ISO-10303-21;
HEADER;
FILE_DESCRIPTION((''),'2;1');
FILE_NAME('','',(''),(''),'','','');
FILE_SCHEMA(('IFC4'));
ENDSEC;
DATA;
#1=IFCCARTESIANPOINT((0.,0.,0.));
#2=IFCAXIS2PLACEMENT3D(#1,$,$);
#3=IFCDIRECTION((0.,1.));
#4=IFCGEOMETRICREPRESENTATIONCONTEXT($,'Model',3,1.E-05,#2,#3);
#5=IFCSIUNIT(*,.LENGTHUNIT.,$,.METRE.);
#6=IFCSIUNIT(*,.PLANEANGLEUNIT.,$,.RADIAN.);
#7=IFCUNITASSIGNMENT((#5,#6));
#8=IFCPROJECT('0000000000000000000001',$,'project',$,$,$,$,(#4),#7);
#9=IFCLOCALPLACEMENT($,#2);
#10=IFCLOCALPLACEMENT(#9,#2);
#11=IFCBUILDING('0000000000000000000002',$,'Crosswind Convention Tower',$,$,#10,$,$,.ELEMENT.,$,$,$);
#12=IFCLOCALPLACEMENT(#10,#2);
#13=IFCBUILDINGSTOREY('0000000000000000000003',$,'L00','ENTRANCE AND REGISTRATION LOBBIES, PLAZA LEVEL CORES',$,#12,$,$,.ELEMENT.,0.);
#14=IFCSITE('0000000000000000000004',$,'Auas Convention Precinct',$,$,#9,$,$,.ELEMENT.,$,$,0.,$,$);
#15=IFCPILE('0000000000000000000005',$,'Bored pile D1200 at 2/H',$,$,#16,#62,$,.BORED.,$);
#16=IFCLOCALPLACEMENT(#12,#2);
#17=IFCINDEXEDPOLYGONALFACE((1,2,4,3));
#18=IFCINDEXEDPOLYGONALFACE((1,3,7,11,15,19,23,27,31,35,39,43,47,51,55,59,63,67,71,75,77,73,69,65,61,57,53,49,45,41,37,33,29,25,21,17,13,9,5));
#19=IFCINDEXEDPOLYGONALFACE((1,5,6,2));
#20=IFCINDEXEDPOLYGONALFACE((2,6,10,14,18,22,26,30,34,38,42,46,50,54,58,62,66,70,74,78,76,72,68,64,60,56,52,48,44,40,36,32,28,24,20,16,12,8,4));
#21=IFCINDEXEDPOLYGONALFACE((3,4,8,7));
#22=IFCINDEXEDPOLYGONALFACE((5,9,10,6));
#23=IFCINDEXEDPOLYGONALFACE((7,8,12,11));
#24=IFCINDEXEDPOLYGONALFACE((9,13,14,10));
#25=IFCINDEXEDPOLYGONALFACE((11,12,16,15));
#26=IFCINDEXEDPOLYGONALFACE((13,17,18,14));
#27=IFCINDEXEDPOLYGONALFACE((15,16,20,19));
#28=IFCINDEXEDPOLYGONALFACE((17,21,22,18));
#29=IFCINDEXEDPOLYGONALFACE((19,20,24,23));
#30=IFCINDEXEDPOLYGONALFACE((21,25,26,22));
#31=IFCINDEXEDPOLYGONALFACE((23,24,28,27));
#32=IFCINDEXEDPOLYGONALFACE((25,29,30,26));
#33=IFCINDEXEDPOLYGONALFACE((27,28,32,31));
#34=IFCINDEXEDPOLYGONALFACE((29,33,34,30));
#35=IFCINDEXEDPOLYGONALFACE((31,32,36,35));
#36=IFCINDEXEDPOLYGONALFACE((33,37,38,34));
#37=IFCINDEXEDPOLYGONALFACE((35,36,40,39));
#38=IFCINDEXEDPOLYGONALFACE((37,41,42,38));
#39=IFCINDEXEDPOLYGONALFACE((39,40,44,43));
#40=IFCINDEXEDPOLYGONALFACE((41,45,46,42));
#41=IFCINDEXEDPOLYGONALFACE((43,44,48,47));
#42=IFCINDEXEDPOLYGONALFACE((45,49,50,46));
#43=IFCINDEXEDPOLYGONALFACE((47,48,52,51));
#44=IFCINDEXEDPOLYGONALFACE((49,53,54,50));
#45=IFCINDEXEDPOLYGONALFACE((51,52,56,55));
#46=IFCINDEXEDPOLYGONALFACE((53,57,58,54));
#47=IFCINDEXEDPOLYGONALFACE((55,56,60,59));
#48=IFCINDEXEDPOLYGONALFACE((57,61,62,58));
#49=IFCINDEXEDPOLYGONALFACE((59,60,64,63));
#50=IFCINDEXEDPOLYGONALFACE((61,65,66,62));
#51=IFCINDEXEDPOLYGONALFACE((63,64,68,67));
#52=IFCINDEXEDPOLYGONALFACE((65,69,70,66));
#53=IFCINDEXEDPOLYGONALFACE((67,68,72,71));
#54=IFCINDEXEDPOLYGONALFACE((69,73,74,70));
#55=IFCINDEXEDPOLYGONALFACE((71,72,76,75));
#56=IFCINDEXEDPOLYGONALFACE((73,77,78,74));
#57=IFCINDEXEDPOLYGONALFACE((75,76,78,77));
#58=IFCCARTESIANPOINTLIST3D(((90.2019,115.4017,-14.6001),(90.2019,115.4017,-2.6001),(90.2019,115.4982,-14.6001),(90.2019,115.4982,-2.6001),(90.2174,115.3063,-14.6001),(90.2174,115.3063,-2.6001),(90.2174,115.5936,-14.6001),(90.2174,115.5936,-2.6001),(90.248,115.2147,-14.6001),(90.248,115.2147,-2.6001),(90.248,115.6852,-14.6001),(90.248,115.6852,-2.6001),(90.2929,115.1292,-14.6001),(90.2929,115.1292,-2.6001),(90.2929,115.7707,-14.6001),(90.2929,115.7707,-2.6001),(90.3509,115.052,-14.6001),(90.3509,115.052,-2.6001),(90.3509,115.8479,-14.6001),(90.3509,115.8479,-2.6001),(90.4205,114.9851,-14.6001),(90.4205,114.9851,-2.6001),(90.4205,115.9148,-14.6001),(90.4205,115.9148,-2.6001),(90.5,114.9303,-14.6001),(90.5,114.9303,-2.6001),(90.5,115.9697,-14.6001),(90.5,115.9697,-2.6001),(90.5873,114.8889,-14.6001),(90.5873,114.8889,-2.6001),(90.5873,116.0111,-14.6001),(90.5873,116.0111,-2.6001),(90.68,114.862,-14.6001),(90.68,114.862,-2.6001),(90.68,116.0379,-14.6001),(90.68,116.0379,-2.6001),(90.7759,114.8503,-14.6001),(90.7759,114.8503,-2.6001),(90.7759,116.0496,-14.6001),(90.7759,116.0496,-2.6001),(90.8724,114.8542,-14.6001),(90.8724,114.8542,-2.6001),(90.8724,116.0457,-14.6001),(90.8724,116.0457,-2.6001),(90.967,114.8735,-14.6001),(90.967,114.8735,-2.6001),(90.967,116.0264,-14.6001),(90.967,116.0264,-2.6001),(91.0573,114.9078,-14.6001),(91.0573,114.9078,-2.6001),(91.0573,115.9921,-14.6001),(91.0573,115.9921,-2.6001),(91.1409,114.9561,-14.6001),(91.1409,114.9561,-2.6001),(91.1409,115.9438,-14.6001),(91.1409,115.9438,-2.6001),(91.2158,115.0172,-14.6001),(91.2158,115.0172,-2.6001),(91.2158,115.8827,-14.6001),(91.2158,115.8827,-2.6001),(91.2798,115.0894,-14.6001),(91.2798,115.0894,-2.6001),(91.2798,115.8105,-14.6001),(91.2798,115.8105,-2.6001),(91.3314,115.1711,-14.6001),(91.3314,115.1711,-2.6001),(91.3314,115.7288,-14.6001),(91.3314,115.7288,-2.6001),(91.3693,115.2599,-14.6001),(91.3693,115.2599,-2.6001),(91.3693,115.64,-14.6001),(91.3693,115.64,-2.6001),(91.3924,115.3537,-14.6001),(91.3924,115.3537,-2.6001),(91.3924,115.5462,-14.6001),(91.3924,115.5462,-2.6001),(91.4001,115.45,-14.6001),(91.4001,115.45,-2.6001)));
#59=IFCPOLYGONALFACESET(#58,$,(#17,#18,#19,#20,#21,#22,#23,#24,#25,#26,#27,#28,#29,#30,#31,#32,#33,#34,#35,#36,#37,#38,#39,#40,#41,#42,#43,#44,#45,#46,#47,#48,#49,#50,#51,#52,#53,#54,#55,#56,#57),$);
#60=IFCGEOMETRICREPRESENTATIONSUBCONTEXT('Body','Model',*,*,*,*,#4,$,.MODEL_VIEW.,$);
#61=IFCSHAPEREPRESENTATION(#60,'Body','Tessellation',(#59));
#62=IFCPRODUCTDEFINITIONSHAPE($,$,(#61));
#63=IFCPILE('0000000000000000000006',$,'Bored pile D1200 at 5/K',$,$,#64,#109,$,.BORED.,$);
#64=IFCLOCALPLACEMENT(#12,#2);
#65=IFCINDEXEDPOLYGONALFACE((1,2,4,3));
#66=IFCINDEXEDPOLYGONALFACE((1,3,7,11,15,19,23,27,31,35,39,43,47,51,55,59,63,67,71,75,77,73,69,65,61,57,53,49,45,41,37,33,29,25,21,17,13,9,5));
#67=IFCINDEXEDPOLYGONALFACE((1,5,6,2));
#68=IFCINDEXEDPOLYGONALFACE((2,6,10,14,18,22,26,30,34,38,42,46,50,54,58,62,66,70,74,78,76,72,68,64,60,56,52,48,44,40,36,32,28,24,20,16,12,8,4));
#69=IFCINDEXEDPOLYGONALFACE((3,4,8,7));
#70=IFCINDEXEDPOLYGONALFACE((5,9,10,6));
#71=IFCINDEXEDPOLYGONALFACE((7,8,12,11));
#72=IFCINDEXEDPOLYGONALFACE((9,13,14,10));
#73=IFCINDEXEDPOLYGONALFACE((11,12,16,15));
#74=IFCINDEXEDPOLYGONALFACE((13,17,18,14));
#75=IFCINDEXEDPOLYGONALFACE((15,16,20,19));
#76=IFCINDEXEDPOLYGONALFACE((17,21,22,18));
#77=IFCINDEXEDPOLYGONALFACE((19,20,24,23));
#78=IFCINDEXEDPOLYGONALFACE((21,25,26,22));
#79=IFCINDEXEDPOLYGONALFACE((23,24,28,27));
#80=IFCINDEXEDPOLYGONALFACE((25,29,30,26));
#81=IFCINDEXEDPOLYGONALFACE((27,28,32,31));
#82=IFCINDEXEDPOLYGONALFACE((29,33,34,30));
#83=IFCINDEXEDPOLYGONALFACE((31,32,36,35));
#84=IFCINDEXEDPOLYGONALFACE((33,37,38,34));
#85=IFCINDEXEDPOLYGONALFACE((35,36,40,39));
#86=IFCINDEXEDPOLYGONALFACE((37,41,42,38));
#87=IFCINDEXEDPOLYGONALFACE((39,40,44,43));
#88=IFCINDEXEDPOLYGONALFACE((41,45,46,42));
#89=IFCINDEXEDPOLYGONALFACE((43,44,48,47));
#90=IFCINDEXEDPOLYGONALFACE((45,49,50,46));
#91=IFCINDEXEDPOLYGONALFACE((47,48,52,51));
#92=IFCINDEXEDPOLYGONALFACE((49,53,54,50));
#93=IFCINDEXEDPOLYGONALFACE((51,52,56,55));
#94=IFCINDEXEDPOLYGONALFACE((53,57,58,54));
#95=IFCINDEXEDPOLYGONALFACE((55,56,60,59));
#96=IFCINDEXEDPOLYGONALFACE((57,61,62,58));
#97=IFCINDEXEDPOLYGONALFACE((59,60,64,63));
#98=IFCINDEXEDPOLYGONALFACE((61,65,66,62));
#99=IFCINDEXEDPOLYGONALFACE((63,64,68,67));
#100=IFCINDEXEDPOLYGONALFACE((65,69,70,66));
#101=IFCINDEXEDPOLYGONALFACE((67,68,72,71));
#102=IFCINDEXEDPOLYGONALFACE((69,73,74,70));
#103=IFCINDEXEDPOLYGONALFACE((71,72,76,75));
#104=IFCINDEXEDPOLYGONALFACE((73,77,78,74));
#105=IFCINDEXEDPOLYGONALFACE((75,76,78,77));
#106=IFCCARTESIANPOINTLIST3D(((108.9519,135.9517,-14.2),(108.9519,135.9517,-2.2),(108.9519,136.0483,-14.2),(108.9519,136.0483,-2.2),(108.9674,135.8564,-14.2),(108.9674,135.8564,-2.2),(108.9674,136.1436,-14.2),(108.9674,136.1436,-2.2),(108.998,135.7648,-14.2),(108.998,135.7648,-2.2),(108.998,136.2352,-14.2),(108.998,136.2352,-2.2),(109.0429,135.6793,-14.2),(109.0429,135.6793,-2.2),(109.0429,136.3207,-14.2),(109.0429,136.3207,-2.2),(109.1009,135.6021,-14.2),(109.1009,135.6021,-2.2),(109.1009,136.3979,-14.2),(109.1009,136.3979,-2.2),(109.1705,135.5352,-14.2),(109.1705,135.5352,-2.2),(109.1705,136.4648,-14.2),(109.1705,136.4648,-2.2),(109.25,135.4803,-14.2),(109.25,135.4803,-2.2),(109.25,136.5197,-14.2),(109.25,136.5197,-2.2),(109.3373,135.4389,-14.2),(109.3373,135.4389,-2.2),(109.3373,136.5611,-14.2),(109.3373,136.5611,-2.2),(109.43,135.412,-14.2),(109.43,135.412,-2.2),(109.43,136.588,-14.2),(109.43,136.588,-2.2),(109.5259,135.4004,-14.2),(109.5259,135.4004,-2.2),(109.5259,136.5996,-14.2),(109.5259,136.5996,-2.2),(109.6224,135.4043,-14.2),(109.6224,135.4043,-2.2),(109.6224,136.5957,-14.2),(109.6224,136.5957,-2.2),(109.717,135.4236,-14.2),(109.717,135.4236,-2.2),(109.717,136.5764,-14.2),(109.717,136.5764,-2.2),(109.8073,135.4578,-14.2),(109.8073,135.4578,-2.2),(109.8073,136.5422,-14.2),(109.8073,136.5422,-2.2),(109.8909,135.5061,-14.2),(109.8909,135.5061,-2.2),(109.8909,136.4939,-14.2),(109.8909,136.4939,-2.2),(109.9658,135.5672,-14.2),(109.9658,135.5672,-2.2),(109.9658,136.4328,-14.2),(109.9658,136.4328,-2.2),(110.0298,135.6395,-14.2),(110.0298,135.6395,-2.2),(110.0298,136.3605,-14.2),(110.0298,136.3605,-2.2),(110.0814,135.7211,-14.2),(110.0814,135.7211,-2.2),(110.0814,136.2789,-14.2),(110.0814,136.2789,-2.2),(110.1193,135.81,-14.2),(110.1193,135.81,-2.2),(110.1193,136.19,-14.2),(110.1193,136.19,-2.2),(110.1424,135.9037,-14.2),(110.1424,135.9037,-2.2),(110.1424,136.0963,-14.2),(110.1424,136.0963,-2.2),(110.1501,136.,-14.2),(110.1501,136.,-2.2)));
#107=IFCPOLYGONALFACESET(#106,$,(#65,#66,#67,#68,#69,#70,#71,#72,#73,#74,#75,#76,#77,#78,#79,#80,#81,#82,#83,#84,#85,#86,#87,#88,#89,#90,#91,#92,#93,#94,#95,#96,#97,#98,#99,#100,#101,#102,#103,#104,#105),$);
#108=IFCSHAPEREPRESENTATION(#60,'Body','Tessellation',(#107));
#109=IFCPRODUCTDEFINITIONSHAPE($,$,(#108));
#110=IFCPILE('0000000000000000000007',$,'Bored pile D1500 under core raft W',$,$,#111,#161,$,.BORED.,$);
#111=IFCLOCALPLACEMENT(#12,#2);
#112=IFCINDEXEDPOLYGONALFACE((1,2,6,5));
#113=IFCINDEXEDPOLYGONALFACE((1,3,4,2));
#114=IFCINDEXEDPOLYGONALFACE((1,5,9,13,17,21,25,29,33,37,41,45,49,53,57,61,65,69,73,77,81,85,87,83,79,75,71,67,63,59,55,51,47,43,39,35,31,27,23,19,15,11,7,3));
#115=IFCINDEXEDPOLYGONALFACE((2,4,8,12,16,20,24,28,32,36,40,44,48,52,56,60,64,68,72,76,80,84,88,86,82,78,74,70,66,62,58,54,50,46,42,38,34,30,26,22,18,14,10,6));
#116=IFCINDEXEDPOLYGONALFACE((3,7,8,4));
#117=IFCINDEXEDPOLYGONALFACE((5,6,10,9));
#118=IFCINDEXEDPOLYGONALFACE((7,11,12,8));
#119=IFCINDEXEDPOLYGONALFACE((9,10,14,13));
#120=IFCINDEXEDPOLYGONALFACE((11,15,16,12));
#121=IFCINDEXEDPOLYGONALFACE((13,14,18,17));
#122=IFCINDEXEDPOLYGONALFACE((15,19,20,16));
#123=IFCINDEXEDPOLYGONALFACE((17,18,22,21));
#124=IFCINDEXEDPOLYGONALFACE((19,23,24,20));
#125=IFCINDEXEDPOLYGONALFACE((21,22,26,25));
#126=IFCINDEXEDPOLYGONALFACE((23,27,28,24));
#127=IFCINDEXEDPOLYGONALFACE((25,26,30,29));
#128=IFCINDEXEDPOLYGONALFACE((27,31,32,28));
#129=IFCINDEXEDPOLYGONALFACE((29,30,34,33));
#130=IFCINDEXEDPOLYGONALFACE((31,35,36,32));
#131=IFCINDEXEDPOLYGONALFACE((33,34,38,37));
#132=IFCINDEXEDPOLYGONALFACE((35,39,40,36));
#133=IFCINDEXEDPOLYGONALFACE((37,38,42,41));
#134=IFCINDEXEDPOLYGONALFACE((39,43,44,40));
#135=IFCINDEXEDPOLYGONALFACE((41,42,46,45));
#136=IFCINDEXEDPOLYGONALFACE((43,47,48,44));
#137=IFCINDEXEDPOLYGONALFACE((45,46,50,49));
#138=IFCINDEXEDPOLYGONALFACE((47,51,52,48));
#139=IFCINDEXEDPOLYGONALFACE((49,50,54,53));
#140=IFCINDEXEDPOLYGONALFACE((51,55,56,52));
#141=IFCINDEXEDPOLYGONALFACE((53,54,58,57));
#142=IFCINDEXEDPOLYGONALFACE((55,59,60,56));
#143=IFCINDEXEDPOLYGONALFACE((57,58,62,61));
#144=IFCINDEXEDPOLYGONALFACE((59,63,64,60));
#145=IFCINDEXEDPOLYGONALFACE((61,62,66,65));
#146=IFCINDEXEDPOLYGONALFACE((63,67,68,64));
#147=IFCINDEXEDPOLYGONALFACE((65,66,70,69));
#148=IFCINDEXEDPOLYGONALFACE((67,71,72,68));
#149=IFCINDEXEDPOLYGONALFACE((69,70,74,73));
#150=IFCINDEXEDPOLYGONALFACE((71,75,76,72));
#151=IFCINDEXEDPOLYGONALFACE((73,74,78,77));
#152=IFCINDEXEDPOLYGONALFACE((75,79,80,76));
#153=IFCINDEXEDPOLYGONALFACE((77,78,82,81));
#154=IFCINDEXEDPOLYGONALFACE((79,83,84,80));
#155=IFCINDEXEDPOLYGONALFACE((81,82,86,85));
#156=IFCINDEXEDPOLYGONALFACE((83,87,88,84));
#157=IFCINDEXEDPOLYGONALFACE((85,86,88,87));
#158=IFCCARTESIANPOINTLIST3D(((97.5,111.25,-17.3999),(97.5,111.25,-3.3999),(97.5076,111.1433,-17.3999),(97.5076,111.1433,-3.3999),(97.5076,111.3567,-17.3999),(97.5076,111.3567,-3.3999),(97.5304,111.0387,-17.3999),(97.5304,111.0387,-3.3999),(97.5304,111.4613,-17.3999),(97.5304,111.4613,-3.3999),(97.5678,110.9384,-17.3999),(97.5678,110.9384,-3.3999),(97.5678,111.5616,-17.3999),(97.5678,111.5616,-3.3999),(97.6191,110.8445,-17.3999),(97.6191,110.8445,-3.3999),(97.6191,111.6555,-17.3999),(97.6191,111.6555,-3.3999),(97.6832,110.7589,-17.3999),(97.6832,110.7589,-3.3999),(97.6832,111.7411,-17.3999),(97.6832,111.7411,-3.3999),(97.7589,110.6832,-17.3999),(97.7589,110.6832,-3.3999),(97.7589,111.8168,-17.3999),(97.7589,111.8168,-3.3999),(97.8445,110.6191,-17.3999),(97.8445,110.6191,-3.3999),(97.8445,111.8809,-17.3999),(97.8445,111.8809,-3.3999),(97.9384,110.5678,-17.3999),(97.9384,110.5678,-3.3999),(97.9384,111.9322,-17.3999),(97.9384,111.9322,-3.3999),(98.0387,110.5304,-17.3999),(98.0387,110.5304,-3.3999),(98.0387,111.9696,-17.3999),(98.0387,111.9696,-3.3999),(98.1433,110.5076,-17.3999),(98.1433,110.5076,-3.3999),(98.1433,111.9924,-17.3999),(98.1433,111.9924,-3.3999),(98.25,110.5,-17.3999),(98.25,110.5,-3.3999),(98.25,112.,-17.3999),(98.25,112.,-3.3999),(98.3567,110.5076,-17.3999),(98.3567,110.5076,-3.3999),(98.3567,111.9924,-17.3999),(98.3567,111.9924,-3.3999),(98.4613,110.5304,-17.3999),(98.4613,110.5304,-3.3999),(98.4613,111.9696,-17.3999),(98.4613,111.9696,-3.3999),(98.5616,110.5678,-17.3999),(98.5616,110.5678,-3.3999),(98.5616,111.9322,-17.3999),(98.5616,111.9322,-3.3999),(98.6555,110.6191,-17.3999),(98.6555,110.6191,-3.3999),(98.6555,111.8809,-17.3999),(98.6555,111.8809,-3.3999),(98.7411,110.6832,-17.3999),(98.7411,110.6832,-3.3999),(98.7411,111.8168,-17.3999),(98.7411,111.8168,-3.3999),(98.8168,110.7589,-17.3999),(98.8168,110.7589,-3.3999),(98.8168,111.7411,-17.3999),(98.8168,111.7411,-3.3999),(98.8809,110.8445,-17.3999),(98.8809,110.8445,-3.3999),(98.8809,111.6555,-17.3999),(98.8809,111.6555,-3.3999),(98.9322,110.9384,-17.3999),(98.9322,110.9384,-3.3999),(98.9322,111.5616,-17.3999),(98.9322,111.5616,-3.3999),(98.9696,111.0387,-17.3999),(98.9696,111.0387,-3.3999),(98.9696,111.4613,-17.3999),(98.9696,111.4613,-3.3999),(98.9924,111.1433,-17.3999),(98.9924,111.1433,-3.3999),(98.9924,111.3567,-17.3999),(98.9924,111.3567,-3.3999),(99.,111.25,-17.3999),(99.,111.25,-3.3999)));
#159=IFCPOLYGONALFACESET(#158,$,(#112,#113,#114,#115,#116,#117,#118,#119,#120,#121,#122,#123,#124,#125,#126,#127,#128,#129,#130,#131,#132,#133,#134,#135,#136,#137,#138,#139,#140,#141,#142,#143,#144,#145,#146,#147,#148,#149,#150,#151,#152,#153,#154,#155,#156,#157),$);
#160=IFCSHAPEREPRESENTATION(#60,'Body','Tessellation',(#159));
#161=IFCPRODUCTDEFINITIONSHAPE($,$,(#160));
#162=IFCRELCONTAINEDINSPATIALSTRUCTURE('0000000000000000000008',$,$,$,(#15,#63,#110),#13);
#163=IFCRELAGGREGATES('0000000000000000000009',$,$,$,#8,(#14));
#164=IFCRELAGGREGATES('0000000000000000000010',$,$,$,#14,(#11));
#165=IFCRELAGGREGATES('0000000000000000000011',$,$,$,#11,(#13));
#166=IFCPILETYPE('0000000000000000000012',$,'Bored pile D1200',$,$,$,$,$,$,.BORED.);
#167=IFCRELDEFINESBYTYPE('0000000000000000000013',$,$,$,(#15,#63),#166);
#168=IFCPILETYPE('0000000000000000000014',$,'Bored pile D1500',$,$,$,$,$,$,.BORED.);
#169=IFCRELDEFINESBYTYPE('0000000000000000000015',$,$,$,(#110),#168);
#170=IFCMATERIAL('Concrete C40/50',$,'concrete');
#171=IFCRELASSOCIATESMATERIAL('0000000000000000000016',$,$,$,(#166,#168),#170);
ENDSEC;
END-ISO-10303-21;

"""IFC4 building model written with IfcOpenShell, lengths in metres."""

from ifc_helpers import new_model, si_unit, direction, frame, origin, origin_2d, place, context, subcontext, project, spatial, circle, extrude, material, material_profile, profile_set, type_object, element, save


model = new_model("IFC4")

# Units and contexts
model_context = context("Model", 3, precision=1e-05, world=origin(), true_north=direction((0.0, 1.0)))
body_context = subcontext(model_context, "Body", "Model", "MODEL_VIEW")
ifc_project = project(units=[si_unit("LENGTHUNIT", "METRE"), si_unit("PLANEANGLEUNIT", "RADIAN")], contexts=[model_context])

# Site, building, storey
site_placement = place(None, origin())
site = spatial("IfcSite", under=ifc_project, at=site_placement, Name="Auas Convention Precinct", CompositionType="ELEMENT", RefElevation=0.0)
building_placement = place(site_placement, origin())
building = spatial("IfcBuilding", under=site, at=building_placement, Name="Crosswind Convention Tower", CompositionType="ELEMENT")
storey_placement = place(building_placement, origin())
storey = spatial("IfcBuildingStorey", under=building, at=storey_placement, Name="L00", Description="ENTRANCE AND REGISTRATION LOBBIES, PLAZA LEVEL CORES", CompositionType="ELEMENT", Elevation=0.0)

# Piles
ifc_material_1 = material(Name="Concrete C40/50", Category="concrete")
ifc_material_profile_1 = material_profile(ifc_material_1, circle(Radius=0.6001, at=origin_2d()), Name="Bored pile D1200")
ifc_profile_set_1 = profile_set([ifc_material_profile_1], Name="Concrete C40/50")
pile_type_1 = type_object("IfcPileType", Name="Bored pile D1200", PredefinedType="BORED", material=ifc_profile_set_1)
for number, where, z_axis, x_axis, name in (
    (1, (90.8, 115.45, -2.6001), (0.0, 0.0, -1.0), (1.0, 0.0, 0.0), "Bored pile D1200 at 2/H"),
    (2, (109.55, 136.0, -2.2), (0.0, 0.0, -1.0), (1.0, 0.0, 0.0), "Bored pile D1200 at 5/K"),
):
    element("IfcPile", number, at=place(storey_placement, frame(where, z_axis=z_axis, x_axis=x_axis)), inside=storey, type_object=pile_type_1, Name=name, PredefinedType="BORED", context=body_context, shape_type="SweptSolid", body=[
        extrude(circle(Radius=0.6001, at=origin_2d()), origin(), (0.0, 0.0, 1.0), 12.0),
    ])
ifc_material_profile_2 = material_profile(ifc_material_1, circle(Radius=0.75, at=origin_2d()), Name="Bored pile D1500")
ifc_profile_set_2 = profile_set([ifc_material_profile_2], Name="Concrete C40/50")
pile_type_2 = type_object("IfcPileType", Name="Bored pile D1500", PredefinedType="BORED", material=ifc_profile_set_2)
for number, where, z_axis, x_axis, name in (
    (3, (98.25, 111.25, -3.3999), (0.0, 0.0, -1.0), (1.0, 0.0, 0.0), "Bored pile D1500 under core raft W"),
):
    element("IfcPile", number, at=place(storey_placement, frame(where, z_axis=z_axis, x_axis=x_axis)), inside=storey, type_object=pile_type_2, Name=name, PredefinedType="BORED", context=body_context, shape_type="SweptSolid", body=[
        extrude(circle(Radius=0.75, at=origin_2d()), origin(), (0.0, 0.0, 1.0), 14.0),
    ])

save(model, "model.ifc")
